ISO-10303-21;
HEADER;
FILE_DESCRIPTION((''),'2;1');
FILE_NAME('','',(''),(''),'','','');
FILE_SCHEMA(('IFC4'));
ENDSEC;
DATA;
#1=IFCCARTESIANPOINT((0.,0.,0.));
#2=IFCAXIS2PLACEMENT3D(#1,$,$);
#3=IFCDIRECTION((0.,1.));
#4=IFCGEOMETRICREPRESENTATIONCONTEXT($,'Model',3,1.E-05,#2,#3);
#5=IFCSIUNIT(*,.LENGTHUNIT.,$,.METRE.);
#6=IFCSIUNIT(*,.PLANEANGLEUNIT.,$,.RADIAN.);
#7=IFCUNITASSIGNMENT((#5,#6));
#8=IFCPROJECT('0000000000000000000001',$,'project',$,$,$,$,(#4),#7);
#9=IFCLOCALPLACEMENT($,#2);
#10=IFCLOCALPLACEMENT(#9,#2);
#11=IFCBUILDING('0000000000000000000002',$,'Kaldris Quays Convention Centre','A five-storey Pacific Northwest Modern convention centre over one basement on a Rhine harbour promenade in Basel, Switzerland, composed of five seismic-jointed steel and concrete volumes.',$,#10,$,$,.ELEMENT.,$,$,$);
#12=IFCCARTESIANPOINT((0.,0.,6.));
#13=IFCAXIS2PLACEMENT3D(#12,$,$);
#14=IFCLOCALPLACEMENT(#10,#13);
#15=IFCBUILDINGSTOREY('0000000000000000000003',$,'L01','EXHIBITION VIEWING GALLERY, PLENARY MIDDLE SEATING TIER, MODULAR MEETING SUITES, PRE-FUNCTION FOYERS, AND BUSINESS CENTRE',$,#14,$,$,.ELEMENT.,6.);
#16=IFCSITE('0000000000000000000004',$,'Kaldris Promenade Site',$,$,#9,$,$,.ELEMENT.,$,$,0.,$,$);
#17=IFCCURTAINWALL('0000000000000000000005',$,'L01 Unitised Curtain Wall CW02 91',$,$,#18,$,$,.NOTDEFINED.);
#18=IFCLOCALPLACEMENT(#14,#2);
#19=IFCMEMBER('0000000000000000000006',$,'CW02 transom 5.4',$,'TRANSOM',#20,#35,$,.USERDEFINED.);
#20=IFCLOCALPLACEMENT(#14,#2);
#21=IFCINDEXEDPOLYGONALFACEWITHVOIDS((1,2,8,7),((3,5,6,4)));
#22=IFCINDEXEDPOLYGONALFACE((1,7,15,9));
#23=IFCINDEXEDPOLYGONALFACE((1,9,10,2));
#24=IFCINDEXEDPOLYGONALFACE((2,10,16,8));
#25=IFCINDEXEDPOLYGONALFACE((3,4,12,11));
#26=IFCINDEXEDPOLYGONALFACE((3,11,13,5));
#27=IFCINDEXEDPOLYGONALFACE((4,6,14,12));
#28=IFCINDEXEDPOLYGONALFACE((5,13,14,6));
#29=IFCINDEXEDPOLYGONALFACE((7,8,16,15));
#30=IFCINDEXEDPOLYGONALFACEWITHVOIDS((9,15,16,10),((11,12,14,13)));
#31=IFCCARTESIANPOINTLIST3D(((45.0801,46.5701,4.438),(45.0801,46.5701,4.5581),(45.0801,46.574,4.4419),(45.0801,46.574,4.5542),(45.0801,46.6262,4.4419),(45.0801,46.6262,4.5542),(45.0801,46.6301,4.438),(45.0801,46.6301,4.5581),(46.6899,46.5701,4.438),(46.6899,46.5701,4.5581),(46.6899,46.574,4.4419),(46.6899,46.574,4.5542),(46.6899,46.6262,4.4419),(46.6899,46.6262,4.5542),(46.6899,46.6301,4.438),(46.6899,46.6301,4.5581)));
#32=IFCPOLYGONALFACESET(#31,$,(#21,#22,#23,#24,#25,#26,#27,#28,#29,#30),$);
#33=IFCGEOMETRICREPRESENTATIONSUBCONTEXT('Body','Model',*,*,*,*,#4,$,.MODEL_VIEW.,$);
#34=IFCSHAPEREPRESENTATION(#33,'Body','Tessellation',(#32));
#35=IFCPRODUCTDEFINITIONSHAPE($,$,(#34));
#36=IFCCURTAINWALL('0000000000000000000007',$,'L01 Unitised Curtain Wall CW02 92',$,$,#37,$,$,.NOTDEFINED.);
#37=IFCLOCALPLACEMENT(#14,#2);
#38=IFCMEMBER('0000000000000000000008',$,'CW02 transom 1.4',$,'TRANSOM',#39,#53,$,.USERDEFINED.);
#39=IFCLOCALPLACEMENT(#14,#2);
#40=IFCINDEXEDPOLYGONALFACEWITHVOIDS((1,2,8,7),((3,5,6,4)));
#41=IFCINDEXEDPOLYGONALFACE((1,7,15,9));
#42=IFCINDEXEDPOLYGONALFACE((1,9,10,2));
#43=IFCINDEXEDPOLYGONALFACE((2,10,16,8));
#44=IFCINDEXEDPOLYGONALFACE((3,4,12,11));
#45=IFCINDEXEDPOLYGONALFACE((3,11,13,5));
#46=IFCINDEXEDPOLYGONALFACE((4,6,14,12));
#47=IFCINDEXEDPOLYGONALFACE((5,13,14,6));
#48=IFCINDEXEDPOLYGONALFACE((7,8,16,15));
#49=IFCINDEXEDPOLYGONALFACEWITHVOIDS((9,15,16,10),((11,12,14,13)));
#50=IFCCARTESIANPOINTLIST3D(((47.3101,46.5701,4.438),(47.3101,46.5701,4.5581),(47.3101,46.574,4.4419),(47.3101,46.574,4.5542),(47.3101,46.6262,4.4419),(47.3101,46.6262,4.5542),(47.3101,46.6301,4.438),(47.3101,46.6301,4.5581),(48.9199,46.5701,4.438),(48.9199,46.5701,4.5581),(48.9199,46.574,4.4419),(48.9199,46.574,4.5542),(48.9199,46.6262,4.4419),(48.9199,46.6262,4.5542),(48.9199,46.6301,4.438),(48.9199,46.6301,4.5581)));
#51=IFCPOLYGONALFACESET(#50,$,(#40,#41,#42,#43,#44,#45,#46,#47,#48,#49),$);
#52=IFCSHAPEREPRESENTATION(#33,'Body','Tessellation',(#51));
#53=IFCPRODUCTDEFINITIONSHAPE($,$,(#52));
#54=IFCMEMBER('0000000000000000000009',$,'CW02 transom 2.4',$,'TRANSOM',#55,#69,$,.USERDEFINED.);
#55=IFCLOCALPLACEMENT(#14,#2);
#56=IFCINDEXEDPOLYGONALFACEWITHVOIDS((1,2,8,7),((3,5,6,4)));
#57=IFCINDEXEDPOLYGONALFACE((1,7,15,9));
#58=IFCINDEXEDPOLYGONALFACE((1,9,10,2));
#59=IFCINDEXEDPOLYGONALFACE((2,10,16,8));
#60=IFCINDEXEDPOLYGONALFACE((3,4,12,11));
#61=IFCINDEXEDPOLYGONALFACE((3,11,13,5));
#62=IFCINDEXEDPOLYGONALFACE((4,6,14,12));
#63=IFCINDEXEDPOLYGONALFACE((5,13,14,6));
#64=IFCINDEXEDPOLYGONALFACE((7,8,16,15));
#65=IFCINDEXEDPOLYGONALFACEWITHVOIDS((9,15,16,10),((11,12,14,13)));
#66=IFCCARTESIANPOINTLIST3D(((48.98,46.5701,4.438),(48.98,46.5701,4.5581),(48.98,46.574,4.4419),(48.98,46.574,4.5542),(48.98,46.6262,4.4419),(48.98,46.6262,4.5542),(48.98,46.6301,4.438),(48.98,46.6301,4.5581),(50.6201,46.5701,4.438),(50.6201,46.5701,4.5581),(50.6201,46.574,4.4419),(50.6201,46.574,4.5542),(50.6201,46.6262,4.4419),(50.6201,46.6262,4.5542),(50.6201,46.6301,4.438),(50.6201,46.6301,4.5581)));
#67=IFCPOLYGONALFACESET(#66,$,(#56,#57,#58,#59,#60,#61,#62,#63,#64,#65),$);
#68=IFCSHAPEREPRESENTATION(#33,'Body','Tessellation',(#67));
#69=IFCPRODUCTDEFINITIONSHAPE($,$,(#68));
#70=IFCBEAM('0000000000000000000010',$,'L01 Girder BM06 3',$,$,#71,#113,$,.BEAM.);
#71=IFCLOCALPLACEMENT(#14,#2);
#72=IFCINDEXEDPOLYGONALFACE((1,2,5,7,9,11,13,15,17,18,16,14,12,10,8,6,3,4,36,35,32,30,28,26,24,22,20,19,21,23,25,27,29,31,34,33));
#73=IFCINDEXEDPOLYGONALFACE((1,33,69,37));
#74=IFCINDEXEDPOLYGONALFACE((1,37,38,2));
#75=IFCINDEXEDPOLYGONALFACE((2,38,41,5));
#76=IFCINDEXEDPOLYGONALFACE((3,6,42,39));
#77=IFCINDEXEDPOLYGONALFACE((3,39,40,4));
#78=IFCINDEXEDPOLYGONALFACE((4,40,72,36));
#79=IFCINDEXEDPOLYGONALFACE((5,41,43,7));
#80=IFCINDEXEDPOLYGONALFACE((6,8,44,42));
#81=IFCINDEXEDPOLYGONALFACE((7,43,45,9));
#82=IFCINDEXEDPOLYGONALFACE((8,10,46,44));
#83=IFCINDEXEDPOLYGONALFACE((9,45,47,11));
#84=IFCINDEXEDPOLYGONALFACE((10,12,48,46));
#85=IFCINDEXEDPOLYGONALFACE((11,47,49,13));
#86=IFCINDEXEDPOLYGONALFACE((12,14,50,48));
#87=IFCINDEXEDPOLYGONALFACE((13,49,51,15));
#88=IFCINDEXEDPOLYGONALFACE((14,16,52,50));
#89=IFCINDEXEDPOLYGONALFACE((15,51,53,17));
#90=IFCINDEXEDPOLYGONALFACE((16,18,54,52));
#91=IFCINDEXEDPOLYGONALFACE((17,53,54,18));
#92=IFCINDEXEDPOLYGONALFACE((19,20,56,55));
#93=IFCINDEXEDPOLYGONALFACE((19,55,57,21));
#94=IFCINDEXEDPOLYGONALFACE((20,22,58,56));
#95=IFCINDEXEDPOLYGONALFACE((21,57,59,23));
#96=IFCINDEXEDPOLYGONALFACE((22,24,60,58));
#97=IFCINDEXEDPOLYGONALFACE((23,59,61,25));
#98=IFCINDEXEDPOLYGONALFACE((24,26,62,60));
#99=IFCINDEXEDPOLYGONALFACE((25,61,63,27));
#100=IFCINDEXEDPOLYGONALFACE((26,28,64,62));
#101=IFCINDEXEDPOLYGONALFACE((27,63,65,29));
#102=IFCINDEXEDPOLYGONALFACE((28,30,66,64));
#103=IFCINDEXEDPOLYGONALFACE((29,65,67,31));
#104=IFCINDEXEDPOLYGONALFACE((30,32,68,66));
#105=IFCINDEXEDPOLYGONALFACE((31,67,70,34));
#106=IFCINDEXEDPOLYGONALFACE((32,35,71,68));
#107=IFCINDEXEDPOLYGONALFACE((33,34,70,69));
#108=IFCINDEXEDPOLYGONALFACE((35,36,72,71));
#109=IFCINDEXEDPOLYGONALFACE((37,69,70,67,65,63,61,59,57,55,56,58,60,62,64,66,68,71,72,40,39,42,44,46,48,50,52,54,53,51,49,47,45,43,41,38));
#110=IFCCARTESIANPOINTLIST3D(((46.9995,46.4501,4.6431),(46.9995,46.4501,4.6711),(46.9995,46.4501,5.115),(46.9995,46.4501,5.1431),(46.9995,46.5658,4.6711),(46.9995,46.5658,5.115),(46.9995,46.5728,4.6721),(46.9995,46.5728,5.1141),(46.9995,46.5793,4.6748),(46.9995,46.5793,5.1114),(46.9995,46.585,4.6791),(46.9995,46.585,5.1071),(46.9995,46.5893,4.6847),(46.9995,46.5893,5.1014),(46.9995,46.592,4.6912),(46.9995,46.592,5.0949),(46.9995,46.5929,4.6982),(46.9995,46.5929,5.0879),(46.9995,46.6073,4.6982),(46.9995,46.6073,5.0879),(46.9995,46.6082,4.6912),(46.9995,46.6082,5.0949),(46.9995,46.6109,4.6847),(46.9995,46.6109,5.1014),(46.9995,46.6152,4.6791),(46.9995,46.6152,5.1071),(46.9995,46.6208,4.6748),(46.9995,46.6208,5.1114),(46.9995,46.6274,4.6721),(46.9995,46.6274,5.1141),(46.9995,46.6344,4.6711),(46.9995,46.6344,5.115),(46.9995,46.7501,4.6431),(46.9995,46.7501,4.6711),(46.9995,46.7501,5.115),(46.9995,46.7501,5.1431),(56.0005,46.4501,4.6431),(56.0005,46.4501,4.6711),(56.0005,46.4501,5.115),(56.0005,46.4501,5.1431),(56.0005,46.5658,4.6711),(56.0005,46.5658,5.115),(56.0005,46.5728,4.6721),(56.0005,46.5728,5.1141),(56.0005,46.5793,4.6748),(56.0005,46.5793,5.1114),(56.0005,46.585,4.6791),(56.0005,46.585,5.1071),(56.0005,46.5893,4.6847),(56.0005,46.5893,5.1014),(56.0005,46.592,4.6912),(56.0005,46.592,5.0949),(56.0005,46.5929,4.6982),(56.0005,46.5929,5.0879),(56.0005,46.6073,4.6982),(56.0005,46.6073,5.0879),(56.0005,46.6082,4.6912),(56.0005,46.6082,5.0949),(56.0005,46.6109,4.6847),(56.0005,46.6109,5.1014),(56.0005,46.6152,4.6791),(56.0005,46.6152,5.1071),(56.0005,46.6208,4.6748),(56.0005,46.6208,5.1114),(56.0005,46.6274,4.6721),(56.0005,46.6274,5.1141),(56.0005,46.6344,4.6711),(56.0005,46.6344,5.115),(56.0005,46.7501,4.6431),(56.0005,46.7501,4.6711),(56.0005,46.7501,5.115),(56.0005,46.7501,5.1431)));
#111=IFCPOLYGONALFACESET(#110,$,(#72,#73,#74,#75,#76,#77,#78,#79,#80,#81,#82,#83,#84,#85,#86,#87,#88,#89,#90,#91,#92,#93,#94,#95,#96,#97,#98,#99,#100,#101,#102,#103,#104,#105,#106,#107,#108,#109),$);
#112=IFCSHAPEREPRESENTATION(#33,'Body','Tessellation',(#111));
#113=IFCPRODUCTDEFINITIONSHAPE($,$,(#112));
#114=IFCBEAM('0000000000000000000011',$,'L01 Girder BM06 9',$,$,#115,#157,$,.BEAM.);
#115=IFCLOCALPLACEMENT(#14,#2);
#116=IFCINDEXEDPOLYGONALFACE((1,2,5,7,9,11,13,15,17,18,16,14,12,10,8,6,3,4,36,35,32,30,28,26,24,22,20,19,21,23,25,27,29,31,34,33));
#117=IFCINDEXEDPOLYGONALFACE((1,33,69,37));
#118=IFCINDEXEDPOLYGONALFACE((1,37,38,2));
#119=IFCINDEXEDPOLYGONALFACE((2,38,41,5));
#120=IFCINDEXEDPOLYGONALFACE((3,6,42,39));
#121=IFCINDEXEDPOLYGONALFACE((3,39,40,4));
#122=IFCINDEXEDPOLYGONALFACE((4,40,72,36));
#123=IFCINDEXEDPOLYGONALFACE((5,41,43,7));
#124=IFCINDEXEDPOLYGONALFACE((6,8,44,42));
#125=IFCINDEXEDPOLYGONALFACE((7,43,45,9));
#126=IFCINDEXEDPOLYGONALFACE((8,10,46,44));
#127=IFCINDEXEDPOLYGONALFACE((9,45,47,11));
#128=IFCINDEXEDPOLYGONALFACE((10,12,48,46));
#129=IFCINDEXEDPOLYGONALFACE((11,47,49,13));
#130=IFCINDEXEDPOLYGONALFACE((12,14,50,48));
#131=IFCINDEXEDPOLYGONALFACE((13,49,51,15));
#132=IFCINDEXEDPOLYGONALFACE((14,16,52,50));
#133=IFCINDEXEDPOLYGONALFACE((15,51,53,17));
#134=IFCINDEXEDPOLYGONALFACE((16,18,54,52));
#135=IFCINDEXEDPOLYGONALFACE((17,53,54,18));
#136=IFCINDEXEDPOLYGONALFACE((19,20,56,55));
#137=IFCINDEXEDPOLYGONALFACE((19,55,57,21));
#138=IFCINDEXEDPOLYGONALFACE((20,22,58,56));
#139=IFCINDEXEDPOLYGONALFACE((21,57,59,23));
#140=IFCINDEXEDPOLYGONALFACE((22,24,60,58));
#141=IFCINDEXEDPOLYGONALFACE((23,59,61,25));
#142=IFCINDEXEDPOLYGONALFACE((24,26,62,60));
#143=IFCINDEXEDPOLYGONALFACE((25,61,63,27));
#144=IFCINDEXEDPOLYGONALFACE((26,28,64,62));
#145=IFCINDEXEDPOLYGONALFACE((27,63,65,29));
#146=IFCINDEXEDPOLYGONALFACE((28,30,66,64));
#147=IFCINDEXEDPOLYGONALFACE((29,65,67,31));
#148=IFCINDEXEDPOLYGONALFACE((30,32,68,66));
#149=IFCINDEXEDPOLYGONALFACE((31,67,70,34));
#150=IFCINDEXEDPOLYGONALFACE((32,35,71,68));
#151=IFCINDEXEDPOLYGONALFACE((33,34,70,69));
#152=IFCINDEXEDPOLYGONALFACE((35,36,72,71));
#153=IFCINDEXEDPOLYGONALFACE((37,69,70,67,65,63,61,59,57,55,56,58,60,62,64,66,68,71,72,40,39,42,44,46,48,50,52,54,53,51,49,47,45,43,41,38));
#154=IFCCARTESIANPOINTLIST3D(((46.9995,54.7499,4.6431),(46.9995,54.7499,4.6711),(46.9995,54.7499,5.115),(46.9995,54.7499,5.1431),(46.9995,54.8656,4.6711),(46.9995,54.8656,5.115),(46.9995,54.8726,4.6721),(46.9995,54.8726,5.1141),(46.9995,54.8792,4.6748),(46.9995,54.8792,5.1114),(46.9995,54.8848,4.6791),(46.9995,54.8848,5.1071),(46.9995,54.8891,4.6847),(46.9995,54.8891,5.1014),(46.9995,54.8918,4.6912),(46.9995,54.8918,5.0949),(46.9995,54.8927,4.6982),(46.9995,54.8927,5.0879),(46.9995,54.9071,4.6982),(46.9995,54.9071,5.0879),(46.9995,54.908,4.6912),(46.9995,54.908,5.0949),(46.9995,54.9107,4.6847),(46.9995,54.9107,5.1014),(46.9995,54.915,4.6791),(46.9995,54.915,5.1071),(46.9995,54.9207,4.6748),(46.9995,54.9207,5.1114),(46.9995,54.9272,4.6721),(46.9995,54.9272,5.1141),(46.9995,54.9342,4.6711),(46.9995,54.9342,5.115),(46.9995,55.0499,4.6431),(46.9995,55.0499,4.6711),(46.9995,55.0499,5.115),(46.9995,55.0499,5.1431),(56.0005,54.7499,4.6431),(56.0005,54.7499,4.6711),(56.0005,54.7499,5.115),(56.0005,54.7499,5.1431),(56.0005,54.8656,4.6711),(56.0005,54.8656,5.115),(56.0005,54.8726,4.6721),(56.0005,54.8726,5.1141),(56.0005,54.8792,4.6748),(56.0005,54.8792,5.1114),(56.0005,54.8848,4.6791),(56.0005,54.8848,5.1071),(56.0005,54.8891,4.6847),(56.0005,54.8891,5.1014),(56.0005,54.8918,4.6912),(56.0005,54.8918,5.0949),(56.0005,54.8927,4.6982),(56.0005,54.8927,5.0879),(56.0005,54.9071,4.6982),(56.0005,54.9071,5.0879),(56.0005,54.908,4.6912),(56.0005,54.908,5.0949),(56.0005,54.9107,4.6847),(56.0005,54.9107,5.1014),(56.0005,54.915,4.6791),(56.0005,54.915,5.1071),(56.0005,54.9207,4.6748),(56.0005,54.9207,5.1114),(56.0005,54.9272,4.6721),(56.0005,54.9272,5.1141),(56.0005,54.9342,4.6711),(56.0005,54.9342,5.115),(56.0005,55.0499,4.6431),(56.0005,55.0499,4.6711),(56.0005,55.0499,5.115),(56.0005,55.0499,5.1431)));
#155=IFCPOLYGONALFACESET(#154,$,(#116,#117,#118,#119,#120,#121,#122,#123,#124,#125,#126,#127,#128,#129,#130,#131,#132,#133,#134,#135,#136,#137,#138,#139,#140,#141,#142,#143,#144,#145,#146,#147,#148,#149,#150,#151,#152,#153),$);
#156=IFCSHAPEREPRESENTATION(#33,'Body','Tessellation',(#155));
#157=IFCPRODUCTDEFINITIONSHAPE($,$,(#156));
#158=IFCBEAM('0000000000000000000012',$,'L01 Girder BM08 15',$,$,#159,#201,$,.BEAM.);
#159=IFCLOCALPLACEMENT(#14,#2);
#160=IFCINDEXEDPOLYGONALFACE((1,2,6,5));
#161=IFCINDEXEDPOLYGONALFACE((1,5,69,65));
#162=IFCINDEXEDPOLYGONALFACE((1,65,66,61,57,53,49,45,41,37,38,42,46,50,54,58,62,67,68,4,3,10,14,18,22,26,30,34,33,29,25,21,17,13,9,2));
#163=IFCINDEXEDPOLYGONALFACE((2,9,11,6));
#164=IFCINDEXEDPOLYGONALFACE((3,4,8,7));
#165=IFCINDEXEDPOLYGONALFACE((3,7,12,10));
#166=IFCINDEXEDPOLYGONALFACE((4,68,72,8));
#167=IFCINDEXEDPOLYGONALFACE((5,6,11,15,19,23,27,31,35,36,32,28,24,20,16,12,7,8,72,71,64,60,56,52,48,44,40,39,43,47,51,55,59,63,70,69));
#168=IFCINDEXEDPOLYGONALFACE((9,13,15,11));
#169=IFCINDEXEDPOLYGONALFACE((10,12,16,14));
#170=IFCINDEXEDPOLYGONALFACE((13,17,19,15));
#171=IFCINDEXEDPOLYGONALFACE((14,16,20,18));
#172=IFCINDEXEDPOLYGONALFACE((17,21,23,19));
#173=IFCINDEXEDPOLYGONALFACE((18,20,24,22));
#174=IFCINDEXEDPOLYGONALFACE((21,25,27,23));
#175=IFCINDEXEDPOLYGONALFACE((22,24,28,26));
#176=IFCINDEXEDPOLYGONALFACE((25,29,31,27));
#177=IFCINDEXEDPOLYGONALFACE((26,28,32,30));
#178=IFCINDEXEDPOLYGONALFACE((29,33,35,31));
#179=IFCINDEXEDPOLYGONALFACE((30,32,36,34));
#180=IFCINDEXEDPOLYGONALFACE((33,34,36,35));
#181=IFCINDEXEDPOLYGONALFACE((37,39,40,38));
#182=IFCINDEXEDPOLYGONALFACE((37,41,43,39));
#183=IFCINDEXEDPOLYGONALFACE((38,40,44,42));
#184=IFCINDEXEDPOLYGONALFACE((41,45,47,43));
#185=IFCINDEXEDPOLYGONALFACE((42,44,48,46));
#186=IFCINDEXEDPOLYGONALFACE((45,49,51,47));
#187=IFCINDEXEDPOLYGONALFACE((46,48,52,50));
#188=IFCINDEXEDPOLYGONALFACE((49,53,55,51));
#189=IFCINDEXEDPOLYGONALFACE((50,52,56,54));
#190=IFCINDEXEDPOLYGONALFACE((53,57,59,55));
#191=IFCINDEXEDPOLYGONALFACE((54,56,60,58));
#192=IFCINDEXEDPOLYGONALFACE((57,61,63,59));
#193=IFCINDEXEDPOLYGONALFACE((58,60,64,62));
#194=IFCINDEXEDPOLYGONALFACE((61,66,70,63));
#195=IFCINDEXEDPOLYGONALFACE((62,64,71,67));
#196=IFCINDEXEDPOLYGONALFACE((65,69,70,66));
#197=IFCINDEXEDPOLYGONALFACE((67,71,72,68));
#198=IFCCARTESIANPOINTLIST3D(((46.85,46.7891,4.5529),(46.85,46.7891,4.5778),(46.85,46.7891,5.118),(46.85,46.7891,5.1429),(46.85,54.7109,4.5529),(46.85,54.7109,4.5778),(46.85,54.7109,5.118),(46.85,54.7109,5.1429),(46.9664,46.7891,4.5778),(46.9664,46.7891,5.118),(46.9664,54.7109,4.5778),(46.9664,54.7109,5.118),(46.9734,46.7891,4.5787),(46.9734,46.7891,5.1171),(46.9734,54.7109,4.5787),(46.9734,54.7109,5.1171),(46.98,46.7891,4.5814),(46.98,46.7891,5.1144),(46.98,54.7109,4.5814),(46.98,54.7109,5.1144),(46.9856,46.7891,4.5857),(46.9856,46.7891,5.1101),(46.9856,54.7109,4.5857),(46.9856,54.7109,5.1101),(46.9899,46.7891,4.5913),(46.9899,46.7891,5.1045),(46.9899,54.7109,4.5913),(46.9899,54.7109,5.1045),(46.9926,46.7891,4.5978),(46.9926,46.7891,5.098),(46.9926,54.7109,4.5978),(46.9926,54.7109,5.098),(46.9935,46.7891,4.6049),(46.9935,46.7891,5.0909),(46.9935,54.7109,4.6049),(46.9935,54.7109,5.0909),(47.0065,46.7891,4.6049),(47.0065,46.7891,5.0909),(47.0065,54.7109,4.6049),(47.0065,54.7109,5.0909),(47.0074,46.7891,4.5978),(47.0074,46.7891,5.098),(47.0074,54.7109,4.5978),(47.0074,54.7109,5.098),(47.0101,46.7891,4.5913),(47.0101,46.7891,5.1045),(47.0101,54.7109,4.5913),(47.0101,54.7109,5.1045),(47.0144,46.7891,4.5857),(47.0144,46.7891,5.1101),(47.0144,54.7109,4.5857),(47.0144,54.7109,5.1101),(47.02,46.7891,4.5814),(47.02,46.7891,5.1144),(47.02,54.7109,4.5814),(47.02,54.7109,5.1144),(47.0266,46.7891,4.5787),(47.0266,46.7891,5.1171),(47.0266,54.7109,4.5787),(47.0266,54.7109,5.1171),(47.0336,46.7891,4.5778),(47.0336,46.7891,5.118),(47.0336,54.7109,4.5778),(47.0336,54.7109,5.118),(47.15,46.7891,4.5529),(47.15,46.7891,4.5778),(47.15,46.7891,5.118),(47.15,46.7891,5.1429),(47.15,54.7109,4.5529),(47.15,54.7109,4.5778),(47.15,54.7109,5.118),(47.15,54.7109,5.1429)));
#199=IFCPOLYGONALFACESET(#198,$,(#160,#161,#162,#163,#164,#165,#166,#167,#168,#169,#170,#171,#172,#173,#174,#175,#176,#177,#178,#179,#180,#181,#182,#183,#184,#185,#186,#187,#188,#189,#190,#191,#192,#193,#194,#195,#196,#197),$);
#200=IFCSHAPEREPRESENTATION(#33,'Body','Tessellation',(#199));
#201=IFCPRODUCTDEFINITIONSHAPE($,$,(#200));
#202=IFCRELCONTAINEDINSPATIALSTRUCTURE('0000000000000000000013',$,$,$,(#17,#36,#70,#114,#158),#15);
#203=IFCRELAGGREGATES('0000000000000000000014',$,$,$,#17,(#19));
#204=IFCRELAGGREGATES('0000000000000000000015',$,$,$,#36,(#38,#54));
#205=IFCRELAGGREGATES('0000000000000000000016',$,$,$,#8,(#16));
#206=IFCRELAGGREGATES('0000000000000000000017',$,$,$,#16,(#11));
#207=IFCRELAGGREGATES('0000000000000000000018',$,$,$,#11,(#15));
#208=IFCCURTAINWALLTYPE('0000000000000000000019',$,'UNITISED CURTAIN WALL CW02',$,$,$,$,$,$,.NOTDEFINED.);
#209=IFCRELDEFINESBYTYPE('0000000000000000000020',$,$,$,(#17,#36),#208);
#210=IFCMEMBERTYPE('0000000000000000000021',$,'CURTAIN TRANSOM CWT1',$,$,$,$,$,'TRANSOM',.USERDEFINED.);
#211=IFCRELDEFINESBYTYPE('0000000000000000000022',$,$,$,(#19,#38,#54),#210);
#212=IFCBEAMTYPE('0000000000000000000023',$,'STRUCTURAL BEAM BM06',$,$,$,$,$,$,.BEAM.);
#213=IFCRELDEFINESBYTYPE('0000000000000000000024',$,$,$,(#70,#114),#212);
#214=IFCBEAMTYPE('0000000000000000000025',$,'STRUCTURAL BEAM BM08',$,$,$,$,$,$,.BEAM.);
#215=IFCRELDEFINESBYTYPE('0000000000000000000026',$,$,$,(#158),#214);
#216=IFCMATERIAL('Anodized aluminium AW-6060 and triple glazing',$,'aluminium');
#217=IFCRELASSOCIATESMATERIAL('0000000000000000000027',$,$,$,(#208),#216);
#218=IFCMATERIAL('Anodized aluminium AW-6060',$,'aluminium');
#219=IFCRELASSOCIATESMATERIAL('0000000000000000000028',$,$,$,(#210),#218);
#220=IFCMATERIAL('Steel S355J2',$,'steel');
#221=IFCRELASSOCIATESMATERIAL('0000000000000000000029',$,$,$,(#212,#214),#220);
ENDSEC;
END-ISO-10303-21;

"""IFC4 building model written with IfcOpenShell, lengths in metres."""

from ifc_helpers import new_model, si_unit, direction, frame, origin, origin_2d, place, context, subcontext, project, spatial, hollow_rectangle, i_section, extrude, material, material_profile, profile_set, type_object, element, aggregate, save


model = new_model("IFC4")

# Units and contexts
model_context = context("Model", 3, precision=1e-05, world=origin(), true_north=direction((0.0, 1.0)))
body_context = subcontext(model_context, "Body", "Model", "MODEL_VIEW")
ifc_project = project(units=[si_unit("LENGTHUNIT", "METRE"), si_unit("PLANEANGLEUNIT", "RADIAN")], contexts=[model_context])

# Site, building, storey
site_placement = place(None, origin())
site = spatial("IfcSite", under=ifc_project, at=site_placement, Name="Kaldris Promenade Site", CompositionType="ELEMENT", RefElevation=0.0)
building_placement = place(site_placement, origin())
building = spatial("IfcBuilding", under=site, at=building_placement, Name="Kaldris Quays Convention Centre", Description="A five-storey Pacific Northwest Modern convention centre over one basement on a Rhine harbour promenade in Basel, Switzerland, composed of five seismic-jointed steel and concrete volumes.", CompositionType="ELEMENT")
storey_placement = place(building_placement, frame((0.0, 0.0, 6.0)))
storey = spatial("IfcBuildingStorey", under=building, at=storey_placement, Name="L01", Description="EXHIBITION VIEWING GALLERY, PLENARY MIDDLE SEATING TIER, MODULAR MEETING SUITES, PRE-FUNCTION FOYERS, AND BUSINESS CENTRE", CompositionType="ELEMENT", Elevation=6.0)

# Curtain wall, member
ifc_material_1 = material(Name="Anodized aluminium AW-6060 and triple glazing", Category="aluminium")
curtain_wall_type = type_object("IfcCurtainWallType", Name="UNITISED CURTAIN WALL CW02", PredefinedType="NOTDEFINED", material=ifc_material_1)
curtain_wall_1_placement = place(storey_placement, origin())
curtain_wall_1 = element("IfcCurtainWall", 1, at=curtain_wall_1_placement, inside=storey, type_object=curtain_wall_type, Name="L01 Unitised Curtain Wall CW02 91", PredefinedType="NOTDEFINED")
ifc_material_2 = material(Name="Anodized aluminium AW-6060", Category="aluminium")
ifc_material_profile_1 = material_profile(ifc_material_2, hollow_rectangle(XDim=0.0601, YDim=0.1201, WallThickness=0.0039, at=origin_2d()), Name="RHS 120x60x4")
ifc_profile_set_1 = profile_set([ifc_material_profile_1], Name="Anodized aluminium AW-6060")
member_type = type_object("IfcMemberType", Name="CURTAIN TRANSOM CWT1", ElementType="TRANSOM", PredefinedType="USERDEFINED", material=ifc_profile_set_1)
member_1_placement = place(storey_placement, frame((45.0801, 46.6001, 4.498), z_axis=(1.0, 0.0, 0.0), x_axis=(0.0, 1.0, 0.0)))
member_1 = element("IfcMember", 2, at=member_1_placement, type_object=member_type, Name="CW02 transom 5.4", ObjectType="TRANSOM", PredefinedType="USERDEFINED", context=body_context, shape_type="SweptSolid", body=[
    extrude(hollow_rectangle(XDim=0.0601, YDim=0.1201, WallThickness=0.0039, at=origin_2d()), origin(), (0.0, 0.0, 1.0), 1.6099),
])
aggregate(curtain_wall_1, [member_1])

# Curtain wall, members
curtain_wall_2_placement = place(storey_placement, origin())
curtain_wall_2 = element("IfcCurtainWall", 3, at=curtain_wall_2_placement, inside=storey, type_object=curtain_wall_type, Name="L01 Unitised Curtain Wall CW02 92", PredefinedType="NOTDEFINED")
member_2_placement = place(storey_placement, frame((47.3101, 46.6001, 4.498), z_axis=(1.0, 0.0, 0.0), x_axis=(0.0, 1.0, 0.0)))
member_2 = element("IfcMember", 4, at=member_2_placement, type_object=member_type, Name="CW02 transom 1.4", ObjectType="TRANSOM", PredefinedType="USERDEFINED", context=body_context, shape_type="SweptSolid", body=[
    extrude(hollow_rectangle(XDim=0.0601, YDim=0.1201, WallThickness=0.0039, at=origin_2d()), origin(), (0.0, 0.0, 1.0), 1.6099),
])
member_3_placement = place(storey_placement, frame((48.98, 46.6001, 4.498), z_axis=(1.0, 0.0, 0.0), x_axis=(0.0, 1.0, 0.0)))
member_3 = element("IfcMember", 5, at=member_3_placement, type_object=member_type, Name="CW02 transom 2.4", ObjectType="TRANSOM", PredefinedType="USERDEFINED", context=body_context, shape_type="SweptSolid", body=[
    extrude(hollow_rectangle(XDim=0.0601, YDim=0.1201, WallThickness=0.0039, at=origin_2d()), origin(), (0.0, 0.0, 1.0), 1.6401),
])
aggregate(curtain_wall_2, [member_2, member_3])

# Beams
ifc_material_3 = material(Name="Steel S355J2", Category="steel")
ifc_material_profile_2 = material_profile(ifc_material_3, i_section(OverallWidth=0.3, OverallDepth=0.5, WebThickness=0.0144, FlangeThickness=0.0281, FilletRadius=0.0271, at=origin_2d()), Name="HEB 500")
ifc_profile_set_2 = profile_set([ifc_material_profile_2], Name="Steel S355J2")
beam_type_1 = type_object("IfcBeamType", Name="STRUCTURAL BEAM BM06", PredefinedType="BEAM", material=ifc_profile_set_2)
for number, where, z_axis, x_axis, name in (
    (6, (46.9995, 46.6001, 4.8931), (1.0, 0.0, 0.0), (0.0, 1.0, 0.0), "L01 Girder BM06 3"),
    (7, (46.9995, 54.8999, 4.8931), (1.0, 0.0, 0.0), (0.0, 1.0, 0.0), "L01 Girder BM06 9"),
):
    element("IfcBeam", number, at=place(storey_placement, frame(where, z_axis=z_axis, x_axis=x_axis)), inside=storey, type_object=beam_type_1, Name=name, PredefinedType="BEAM", context=body_context, shape_type="SweptSolid", body=[
        extrude(i_section(OverallWidth=0.3, OverallDepth=0.5, WebThickness=0.0144, FlangeThickness=0.0281, FilletRadius=0.0271, at=origin_2d()), origin(), (0.0, 0.0, 1.0), 9.001),
    ])
ifc_material_profile_3 = material_profile(ifc_material_3, i_section(OverallWidth=0.3, OverallDepth=0.5901, WebThickness=0.0129, FlangeThickness=0.0249, FilletRadius=0.0271, at=origin_2d()), Name="HEA 600")
ifc_profile_set_3 = profile_set([ifc_material_profile_3], Name="Steel S355J2")
beam_type_2 = type_object("IfcBeamType", Name="STRUCTURAL BEAM BM08", PredefinedType="BEAM", material=ifc_profile_set_3)
beam_1_placement = place(storey_placement, frame((47.0, 46.7891, 4.8479), z_axis=(0.0, 1.0, 0.0), x_axis=(-1.0, 0.0, 0.0)))
element("IfcBeam", 8, at=beam_1_placement, inside=storey, type_object=beam_type_2, Name="L01 Girder BM08 15", PredefinedType="BEAM", context=body_context, shape_type="SweptSolid", body=[
    extrude(i_section(OverallWidth=0.3, OverallDepth=0.5901, WebThickness=0.0129, FlangeThickness=0.0249, FilletRadius=0.0271, at=origin_2d()), origin(), (0.0, 0.0, 1.0), 7.9219),
])

save(model, "model.ifc")
